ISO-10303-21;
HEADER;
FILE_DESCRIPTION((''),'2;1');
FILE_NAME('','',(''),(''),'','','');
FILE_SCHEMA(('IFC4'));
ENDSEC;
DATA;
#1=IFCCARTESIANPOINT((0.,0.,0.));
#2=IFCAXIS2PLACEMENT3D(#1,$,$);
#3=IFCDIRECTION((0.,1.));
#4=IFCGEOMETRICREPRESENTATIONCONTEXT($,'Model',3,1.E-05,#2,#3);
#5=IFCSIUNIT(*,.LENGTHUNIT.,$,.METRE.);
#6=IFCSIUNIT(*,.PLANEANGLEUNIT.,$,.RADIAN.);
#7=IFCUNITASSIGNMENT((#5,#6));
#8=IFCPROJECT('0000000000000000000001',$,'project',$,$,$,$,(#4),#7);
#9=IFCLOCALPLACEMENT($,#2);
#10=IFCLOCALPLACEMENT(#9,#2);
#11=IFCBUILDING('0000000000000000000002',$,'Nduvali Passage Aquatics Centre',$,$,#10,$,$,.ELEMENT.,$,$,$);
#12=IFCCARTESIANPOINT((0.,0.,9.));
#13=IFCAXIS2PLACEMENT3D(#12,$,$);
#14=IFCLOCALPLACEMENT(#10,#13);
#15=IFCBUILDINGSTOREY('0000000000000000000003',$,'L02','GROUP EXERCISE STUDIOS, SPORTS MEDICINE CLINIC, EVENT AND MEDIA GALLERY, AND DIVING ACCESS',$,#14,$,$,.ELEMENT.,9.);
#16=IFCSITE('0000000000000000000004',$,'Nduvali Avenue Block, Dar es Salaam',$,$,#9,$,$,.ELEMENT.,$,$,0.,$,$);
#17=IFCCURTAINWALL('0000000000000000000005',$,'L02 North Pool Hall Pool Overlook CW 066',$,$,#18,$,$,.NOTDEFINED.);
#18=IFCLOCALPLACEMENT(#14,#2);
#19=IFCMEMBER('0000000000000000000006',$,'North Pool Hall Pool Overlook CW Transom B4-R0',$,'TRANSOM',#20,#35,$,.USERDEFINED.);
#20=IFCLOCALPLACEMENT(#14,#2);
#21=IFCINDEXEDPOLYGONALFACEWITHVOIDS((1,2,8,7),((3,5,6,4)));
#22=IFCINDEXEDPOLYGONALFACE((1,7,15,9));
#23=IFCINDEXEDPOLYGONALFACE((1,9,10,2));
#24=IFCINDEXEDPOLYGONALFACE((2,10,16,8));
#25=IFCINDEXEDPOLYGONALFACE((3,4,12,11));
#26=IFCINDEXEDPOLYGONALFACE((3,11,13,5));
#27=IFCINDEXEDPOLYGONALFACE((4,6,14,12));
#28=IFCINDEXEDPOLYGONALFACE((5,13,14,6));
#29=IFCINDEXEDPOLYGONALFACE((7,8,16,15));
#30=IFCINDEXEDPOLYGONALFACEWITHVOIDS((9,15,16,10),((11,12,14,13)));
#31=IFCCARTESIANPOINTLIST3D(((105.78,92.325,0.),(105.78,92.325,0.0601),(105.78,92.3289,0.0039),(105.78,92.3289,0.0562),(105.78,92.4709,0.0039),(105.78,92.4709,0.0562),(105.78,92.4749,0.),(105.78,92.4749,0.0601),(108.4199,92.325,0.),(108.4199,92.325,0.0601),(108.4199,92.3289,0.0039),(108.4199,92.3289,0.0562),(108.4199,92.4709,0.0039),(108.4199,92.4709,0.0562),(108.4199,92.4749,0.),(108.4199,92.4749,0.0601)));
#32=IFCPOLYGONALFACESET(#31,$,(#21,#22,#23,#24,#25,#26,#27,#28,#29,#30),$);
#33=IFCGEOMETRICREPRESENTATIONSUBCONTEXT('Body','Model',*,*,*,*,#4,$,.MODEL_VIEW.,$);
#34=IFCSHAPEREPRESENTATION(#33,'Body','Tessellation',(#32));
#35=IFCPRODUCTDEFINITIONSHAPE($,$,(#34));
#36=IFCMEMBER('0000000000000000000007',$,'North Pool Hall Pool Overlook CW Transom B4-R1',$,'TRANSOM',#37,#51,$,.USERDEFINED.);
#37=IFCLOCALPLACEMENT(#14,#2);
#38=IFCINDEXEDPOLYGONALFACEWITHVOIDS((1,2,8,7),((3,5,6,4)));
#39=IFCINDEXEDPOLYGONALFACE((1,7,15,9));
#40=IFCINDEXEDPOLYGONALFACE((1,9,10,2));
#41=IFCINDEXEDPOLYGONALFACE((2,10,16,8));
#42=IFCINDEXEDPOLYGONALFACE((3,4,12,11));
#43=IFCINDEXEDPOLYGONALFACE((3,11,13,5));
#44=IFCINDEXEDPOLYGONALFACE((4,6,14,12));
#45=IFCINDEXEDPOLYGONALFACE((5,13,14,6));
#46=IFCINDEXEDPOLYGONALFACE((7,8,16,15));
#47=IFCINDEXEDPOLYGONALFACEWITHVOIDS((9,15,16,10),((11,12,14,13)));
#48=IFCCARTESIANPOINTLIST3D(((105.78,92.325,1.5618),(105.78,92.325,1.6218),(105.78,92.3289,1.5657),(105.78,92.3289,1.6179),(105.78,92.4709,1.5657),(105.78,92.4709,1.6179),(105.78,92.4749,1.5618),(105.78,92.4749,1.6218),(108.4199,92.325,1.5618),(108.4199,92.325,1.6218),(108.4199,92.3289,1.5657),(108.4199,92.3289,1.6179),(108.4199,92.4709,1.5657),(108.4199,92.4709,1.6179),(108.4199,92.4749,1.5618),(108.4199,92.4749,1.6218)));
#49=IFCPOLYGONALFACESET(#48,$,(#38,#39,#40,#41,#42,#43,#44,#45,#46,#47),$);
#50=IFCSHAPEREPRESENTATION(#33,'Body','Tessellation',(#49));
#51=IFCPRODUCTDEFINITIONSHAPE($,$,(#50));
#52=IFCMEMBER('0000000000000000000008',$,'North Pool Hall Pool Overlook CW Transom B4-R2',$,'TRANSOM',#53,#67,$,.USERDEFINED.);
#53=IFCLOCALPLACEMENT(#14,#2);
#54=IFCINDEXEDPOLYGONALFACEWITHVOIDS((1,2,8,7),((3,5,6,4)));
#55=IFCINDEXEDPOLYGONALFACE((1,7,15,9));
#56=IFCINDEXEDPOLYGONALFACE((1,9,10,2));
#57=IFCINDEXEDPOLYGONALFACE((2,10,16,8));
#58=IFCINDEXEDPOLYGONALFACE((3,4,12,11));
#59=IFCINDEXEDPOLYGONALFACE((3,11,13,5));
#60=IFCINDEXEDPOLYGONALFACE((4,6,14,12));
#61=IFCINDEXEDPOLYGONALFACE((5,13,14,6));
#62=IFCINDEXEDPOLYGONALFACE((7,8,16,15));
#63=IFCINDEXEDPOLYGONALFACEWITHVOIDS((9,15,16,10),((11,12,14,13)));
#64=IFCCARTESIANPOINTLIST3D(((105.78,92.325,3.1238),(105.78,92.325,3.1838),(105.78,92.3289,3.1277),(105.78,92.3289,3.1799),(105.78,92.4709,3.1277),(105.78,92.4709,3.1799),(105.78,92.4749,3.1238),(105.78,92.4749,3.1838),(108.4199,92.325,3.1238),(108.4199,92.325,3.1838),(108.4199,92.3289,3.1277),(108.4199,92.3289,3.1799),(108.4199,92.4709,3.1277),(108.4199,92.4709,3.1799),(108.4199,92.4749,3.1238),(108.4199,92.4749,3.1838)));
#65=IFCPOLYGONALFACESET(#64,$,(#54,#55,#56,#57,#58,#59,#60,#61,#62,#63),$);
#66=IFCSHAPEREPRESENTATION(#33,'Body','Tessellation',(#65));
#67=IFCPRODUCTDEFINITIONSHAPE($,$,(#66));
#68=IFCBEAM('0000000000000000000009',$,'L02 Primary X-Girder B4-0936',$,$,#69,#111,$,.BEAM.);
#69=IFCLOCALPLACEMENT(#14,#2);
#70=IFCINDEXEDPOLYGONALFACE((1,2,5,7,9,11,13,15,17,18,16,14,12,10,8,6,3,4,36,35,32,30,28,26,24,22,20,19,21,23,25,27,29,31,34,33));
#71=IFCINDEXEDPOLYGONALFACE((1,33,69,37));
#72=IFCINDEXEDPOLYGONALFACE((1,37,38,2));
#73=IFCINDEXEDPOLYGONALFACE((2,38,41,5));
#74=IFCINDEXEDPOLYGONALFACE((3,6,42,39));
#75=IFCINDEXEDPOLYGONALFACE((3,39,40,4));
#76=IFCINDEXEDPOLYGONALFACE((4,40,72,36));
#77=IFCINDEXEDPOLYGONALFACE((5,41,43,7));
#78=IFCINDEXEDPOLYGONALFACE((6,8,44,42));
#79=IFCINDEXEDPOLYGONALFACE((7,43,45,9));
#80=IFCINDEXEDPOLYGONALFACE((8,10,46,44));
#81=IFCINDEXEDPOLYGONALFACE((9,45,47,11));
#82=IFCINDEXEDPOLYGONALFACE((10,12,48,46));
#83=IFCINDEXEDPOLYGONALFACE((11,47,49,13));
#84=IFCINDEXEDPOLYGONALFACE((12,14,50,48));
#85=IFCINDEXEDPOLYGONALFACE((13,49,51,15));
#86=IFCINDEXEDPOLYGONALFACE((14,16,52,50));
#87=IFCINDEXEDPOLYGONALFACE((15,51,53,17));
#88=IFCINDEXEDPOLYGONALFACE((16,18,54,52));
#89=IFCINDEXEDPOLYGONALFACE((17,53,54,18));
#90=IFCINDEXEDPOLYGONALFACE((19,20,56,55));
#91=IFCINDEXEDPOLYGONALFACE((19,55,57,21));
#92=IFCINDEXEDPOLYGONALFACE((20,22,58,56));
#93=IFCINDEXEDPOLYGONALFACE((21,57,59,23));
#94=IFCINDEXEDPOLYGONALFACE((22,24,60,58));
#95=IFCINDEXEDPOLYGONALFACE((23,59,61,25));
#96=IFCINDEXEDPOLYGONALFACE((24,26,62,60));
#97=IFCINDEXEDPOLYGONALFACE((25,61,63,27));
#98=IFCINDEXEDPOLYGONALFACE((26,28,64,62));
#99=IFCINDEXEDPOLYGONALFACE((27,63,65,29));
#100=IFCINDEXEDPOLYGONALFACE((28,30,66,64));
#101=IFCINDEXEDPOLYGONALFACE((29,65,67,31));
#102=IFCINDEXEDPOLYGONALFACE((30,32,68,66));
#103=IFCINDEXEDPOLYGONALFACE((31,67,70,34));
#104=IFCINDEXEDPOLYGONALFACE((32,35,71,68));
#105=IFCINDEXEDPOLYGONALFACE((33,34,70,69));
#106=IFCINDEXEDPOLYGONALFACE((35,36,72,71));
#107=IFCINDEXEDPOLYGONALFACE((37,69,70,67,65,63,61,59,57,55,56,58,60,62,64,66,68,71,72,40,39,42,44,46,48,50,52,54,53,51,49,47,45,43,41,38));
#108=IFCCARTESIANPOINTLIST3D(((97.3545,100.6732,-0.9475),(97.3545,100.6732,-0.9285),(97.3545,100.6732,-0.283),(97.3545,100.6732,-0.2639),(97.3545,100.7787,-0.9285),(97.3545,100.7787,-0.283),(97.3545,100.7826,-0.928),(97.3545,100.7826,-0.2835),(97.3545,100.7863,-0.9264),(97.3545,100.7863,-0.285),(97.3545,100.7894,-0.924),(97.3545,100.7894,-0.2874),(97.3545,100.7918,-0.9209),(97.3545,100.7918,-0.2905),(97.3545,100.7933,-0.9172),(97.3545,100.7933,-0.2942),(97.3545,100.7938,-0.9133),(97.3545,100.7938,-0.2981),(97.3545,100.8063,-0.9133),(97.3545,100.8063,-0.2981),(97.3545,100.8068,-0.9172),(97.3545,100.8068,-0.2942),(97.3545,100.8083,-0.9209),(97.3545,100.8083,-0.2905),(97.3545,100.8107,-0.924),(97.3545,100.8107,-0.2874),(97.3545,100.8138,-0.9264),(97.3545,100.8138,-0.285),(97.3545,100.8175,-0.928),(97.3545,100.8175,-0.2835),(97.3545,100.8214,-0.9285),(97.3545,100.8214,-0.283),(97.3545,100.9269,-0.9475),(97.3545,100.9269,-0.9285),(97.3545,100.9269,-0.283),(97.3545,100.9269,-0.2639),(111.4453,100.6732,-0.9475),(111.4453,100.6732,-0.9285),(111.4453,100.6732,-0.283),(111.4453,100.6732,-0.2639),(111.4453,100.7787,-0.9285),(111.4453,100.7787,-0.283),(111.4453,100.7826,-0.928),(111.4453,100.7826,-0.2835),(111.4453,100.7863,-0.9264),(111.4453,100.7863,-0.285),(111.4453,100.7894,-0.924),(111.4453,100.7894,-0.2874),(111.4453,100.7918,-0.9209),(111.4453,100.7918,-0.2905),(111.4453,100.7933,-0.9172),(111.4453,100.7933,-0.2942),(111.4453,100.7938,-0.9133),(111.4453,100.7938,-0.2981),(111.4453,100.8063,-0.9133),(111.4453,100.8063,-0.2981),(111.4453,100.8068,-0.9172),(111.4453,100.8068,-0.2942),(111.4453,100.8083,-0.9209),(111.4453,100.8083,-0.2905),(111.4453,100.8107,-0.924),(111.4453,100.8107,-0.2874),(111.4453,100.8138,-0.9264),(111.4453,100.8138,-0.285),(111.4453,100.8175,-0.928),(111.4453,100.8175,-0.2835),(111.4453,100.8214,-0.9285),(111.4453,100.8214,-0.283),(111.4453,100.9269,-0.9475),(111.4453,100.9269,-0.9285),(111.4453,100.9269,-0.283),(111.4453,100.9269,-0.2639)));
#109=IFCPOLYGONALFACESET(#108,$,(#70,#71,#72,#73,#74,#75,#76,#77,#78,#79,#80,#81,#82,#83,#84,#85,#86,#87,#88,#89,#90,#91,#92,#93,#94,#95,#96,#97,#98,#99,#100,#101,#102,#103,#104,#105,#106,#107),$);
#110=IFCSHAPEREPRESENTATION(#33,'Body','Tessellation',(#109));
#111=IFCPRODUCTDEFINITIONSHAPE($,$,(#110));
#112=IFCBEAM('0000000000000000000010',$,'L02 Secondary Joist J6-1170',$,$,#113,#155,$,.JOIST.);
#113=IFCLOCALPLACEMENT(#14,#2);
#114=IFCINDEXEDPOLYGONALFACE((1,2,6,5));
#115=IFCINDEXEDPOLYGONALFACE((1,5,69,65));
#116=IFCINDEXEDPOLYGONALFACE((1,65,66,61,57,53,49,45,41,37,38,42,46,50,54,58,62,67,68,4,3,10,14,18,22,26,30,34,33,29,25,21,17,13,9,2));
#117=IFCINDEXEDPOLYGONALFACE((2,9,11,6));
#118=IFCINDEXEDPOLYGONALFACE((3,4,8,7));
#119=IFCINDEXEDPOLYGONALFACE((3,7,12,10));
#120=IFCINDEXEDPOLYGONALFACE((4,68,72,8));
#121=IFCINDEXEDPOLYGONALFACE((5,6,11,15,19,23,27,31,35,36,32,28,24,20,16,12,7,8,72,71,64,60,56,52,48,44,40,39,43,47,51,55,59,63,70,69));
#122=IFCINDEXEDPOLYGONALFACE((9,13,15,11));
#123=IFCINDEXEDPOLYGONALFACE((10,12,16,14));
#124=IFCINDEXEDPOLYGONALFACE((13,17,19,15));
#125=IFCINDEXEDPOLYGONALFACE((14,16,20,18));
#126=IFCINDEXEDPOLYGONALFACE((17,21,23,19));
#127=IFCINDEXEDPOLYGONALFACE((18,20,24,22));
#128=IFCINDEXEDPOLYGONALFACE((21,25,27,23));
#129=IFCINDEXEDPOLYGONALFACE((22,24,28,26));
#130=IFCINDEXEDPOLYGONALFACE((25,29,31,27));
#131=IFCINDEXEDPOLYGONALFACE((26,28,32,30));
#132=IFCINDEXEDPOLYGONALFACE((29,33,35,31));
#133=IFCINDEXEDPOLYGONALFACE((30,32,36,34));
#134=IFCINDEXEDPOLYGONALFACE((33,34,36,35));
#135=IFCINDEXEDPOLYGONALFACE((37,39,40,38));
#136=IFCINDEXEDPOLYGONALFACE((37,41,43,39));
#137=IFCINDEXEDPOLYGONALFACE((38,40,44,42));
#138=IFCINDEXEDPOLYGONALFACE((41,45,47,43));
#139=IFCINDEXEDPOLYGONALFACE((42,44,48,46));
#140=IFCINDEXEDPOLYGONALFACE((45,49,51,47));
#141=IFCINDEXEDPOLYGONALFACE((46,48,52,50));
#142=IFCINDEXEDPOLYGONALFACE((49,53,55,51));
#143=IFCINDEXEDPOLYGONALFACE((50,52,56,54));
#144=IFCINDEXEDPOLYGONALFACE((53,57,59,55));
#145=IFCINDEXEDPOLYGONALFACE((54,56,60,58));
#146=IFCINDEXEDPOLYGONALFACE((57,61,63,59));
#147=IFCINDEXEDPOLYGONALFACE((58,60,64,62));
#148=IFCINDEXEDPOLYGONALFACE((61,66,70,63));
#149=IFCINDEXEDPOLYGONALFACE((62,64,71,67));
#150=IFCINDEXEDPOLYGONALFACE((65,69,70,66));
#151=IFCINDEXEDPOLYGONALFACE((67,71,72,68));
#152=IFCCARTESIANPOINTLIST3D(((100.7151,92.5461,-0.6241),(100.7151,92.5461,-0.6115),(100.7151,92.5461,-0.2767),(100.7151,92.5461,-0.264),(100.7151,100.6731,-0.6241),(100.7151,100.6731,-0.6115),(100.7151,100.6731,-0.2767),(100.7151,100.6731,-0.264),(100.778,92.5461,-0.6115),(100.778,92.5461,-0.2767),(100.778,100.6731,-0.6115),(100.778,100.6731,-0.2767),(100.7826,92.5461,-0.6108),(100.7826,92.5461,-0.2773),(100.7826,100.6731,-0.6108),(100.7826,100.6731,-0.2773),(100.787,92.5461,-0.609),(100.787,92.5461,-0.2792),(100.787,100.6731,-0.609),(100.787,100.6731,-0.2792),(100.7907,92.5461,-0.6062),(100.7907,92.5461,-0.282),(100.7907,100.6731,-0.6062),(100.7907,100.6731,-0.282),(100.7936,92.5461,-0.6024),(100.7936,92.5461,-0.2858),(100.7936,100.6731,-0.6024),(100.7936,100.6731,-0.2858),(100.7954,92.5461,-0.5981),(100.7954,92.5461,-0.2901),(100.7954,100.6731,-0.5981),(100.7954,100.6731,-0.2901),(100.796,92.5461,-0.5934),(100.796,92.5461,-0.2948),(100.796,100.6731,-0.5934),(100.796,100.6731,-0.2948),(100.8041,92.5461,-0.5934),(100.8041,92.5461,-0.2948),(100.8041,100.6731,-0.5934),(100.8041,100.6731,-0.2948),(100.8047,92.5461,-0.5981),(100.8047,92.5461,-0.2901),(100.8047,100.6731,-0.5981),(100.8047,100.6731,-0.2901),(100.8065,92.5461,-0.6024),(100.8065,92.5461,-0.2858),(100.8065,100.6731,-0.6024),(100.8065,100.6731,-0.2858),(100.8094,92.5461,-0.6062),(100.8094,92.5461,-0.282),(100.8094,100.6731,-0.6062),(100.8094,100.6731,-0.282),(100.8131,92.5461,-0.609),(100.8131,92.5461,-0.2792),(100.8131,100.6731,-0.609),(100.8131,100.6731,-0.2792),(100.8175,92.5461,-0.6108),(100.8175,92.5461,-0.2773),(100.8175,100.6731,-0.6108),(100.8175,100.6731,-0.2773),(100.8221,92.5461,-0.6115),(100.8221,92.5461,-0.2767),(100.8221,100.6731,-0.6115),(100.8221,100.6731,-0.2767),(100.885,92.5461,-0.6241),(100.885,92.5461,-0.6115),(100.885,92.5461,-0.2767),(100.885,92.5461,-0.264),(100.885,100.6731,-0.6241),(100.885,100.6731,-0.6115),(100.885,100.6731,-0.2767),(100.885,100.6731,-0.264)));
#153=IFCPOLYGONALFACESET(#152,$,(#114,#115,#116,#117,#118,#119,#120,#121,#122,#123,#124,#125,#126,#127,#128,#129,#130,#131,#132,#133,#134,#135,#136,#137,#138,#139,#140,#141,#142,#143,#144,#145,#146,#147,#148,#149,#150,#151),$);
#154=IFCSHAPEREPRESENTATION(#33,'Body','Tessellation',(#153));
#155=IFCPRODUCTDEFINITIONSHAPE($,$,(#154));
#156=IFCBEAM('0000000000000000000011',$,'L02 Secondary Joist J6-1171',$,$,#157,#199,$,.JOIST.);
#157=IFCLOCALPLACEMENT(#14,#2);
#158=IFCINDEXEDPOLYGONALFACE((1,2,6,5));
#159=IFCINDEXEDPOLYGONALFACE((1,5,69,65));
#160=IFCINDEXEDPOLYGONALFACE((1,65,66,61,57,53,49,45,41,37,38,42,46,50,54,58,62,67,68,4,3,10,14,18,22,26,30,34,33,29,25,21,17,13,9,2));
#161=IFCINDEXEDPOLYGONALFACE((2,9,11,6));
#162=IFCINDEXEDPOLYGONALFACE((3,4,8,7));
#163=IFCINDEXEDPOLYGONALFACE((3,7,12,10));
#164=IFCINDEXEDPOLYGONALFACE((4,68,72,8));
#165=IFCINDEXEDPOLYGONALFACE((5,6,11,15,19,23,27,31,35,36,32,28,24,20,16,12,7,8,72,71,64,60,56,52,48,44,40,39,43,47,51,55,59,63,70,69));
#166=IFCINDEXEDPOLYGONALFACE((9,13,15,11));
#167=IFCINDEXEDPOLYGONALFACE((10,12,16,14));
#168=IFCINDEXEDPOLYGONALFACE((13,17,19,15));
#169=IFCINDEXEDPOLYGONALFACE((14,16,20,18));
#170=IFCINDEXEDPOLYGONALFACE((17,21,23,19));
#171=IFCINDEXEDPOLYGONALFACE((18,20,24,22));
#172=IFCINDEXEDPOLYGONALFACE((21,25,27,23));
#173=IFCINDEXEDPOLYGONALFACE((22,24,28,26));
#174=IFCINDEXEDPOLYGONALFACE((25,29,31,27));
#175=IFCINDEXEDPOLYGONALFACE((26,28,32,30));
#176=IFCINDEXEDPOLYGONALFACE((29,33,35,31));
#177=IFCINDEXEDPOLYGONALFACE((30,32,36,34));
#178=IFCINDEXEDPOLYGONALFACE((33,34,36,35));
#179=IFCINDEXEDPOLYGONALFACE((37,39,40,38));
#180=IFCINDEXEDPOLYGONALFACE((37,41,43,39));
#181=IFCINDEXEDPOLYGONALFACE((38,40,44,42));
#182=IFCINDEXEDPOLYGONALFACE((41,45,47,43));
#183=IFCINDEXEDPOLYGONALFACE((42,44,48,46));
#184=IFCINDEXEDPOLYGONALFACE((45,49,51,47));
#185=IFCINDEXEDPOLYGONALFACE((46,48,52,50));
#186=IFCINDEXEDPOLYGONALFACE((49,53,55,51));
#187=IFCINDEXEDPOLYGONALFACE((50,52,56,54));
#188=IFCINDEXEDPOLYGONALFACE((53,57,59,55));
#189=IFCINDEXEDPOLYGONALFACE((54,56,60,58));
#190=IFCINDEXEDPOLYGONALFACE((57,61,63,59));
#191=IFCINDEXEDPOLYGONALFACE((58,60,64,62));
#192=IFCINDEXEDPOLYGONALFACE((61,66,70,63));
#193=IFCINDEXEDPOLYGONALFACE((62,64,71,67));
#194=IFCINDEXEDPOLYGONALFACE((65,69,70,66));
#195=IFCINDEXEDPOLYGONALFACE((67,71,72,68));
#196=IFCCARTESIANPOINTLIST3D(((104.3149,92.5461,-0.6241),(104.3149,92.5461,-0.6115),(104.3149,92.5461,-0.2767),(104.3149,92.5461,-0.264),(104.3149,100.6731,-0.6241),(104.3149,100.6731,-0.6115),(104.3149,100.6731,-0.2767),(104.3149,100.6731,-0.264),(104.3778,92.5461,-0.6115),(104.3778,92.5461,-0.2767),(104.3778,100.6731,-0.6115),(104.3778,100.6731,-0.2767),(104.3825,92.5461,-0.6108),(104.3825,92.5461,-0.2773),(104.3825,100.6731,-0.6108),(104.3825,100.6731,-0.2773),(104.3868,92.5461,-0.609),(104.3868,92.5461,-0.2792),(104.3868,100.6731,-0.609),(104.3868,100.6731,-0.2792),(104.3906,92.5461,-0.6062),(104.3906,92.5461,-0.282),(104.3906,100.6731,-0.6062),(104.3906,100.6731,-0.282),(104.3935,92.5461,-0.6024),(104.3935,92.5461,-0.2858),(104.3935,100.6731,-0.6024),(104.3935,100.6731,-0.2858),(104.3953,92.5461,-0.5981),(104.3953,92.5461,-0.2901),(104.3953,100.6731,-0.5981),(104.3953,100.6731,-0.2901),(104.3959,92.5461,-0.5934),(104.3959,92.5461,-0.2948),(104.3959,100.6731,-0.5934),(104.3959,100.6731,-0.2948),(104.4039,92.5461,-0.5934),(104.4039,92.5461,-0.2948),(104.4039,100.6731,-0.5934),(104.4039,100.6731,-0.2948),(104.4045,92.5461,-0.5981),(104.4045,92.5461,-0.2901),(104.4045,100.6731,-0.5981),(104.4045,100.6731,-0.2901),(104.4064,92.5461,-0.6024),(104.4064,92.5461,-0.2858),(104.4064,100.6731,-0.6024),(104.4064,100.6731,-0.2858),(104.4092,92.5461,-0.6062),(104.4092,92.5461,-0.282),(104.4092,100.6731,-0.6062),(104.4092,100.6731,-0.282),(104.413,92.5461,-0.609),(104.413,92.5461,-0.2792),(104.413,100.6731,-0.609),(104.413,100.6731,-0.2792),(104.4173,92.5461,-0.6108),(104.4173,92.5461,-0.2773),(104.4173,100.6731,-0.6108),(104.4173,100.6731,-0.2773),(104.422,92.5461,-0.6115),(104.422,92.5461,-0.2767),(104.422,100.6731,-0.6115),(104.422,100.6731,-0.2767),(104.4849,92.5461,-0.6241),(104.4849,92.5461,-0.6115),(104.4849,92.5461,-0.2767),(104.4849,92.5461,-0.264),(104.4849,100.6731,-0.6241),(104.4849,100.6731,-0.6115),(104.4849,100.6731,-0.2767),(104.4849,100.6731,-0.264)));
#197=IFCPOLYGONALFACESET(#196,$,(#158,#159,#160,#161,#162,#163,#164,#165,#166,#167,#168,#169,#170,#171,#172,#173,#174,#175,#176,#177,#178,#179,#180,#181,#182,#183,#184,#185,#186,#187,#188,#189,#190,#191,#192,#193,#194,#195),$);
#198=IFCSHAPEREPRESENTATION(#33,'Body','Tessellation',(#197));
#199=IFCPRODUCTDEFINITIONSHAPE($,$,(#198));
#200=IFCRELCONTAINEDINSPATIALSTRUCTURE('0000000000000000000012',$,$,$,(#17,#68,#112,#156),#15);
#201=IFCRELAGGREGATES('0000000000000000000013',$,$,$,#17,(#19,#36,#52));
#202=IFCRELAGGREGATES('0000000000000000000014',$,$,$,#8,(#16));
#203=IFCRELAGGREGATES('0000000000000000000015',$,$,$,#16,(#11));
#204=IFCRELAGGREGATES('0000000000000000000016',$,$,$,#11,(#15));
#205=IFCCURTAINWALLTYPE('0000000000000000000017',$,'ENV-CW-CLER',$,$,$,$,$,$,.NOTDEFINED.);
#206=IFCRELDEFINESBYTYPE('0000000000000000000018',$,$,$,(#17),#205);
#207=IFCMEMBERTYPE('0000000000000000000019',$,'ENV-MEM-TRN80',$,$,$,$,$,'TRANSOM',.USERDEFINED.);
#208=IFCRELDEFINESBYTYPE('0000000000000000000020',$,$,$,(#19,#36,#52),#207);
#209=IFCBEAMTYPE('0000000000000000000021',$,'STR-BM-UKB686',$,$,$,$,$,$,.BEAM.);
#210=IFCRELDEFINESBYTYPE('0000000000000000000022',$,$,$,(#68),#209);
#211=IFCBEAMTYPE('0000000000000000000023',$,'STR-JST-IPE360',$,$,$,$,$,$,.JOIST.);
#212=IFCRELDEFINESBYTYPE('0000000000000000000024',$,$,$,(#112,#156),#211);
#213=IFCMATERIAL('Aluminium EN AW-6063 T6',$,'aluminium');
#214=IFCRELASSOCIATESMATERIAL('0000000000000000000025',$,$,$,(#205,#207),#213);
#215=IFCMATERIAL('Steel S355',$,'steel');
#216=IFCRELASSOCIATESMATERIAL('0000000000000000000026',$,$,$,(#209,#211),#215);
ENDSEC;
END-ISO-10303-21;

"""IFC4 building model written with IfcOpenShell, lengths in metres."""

from ifc_helpers import new_model, si_unit, direction, frame, origin, origin_2d, place, context, subcontext, project, spatial, hollow_rectangle, i_section, extrude, material, material_profile, profile_set, type_object, element, aggregate, save


model = new_model("IFC4")

# Units and contexts
model_context = context("Model", 3, precision=1e-05, world=origin(), true_north=direction((0.0, 1.0)))
body_context = subcontext(model_context, "Body", "Model", "MODEL_VIEW")
ifc_project = project(units=[si_unit("LENGTHUNIT", "METRE"), si_unit("PLANEANGLEUNIT", "RADIAN")], contexts=[model_context])

# Site, building, storey
site_placement = place(None, origin())
site = spatial("IfcSite", under=ifc_project, at=site_placement, Name="Nduvali Avenue Block, Dar es Salaam", CompositionType="ELEMENT", RefElevation=0.0)
building_placement = place(site_placement, origin())
building = spatial("IfcBuilding", under=site, at=building_placement, Name="Nduvali Passage Aquatics Centre", CompositionType="ELEMENT")
storey_placement = place(building_placement, frame((0.0, 0.0, 9.0)))
storey = spatial("IfcBuildingStorey", under=building, at=storey_placement, Name="L02", Description="GROUP EXERCISE STUDIOS, SPORTS MEDICINE CLINIC, EVENT AND MEDIA GALLERY, AND DIVING ACCESS", CompositionType="ELEMENT", Elevation=9.0)

# Curtain wall, members
ifc_material_1 = material(Name="Aluminium EN AW-6063 T6", Category="aluminium")
curtain_wall_type = type_object("IfcCurtainWallType", Name="ENV-CW-CLER", PredefinedType="NOTDEFINED", material=ifc_material_1)
curtain_wall_placement = place(storey_placement, origin())
curtain_wall = element("IfcCurtainWall", 1, at=curtain_wall_placement, inside=storey, type_object=curtain_wall_type, Name="L02 North Pool Hall Pool Overlook CW 066", PredefinedType="NOTDEFINED")
ifc_material_profile_1 = material_profile(ifc_material_1, hollow_rectangle(XDim=0.1499, YDim=0.0601, WallThickness=0.0039, at=origin_2d()), Name="ALU TRANSOM 150x60x4")
ifc_profile_set_1 = profile_set([ifc_material_profile_1], Name="Aluminium EN AW-6063 T6")
member_type = type_object("IfcMemberType", Name="ENV-MEM-TRN80", ElementType="TRANSOM", PredefinedType="USERDEFINED", material=ifc_profile_set_1)
member_1_placement = place(storey_placement, frame((105.78, 92.3999, 0.03), z_axis=(1.0, 0.0, 0.0), x_axis=(0.0, 1.0, 0.0)))
member_1 = element("IfcMember", 2, at=member_1_placement, type_object=member_type, Name="North Pool Hall Pool Overlook CW Transom B4-R0", ObjectType="TRANSOM", PredefinedType="USERDEFINED", context=body_context, shape_type="SweptSolid", body=[
    extrude(hollow_rectangle(XDim=0.1499, YDim=0.0601, WallThickness=0.0039, at=origin_2d()), origin(), (0.0, 0.0, 1.0), 2.6399),
])
member_2_placement = place(storey_placement, frame((105.78, 92.3999, 1.5918), z_axis=(1.0, 0.0, 0.0), x_axis=(0.0, 1.0, 0.0)))
member_2 = element("IfcMember", 3, at=member_2_placement, type_object=member_type, Name="North Pool Hall Pool Overlook CW Transom B4-R1", ObjectType="TRANSOM", PredefinedType="USERDEFINED", context=body_context, shape_type="SweptSolid", body=[
    extrude(hollow_rectangle(XDim=0.1499, YDim=0.0601, WallThickness=0.0039, at=origin_2d()), origin(), (0.0, 0.0, 1.0), 2.6399),
])
member_3_placement = place(storey_placement, frame((105.78, 92.3999, 3.1538), z_axis=(1.0, 0.0, 0.0), x_axis=(0.0, 1.0, 0.0)))
member_3 = element("IfcMember", 4, at=member_3_placement, type_object=member_type, Name="North Pool Hall Pool Overlook CW Transom B4-R2", ObjectType="TRANSOM", PredefinedType="USERDEFINED", context=body_context, shape_type="SweptSolid", body=[
    extrude(hollow_rectangle(XDim=0.1499, YDim=0.0601, WallThickness=0.0039, at=origin_2d()), origin(), (0.0, 0.0, 1.0), 2.6399),
])
aggregate(curtain_wall, [member_1, member_2, member_3])

# Beams
ifc_material_2 = material(Name="Steel S355", Category="steel")
ifc_material_profile_2 = material_profile(ifc_material_2, i_section(OverallWidth=0.2537, OverallDepth=0.6836, WebThickness=0.0125, FlangeThickness=0.019, FilletRadius=0.0151, at=origin_2d()), Name="UKB 686x254x140")
ifc_profile_set_2 = profile_set([ifc_material_profile_2], Name="Steel S355")
beam_type_1 = type_object("IfcBeamType", Name="STR-BM-UKB686", PredefinedType="BEAM", material=ifc_profile_set_2)
beam_placement = place(storey_placement, frame((97.3545, 100.8, -0.6057), z_axis=(1.0, 0.0, 0.0), x_axis=(0.0, 1.0, 0.0)))
element("IfcBeam", 5, at=beam_placement, inside=storey, type_object=beam_type_1, Name="L02 Primary X-Girder B4-0936", PredefinedType="BEAM", context=body_context, shape_type="SweptSolid", body=[
    extrude(i_section(OverallWidth=0.2537, OverallDepth=0.6836, WebThickness=0.0125, FlangeThickness=0.019, FilletRadius=0.0151, at=origin_2d()), origin(), (0.0, 0.0, 1.0), 14.0908),
])
ifc_material_profile_3 = material_profile(ifc_material_2, i_section(OverallWidth=0.1699, OverallDepth=0.3601, WebThickness=0.0081, FlangeThickness=0.0127, FilletRadius=0.0181, at=origin_2d()), Name="IPE 360")
ifc_profile_set_3 = profile_set([ifc_material_profile_3], Name="Steel S355")
beam_type_2 = type_object("IfcBeamType", Name="STR-JST-IPE360", PredefinedType="JOIST", material=ifc_profile_set_3)
for number, where, z_axis, x_axis, name in (
    (6, (100.8, 92.5461, -0.4441), (0.0, 1.0, 0.0), (-1.0, 0.0, 0.0), "L02 Secondary Joist J6-1170"),
    (7, (104.3999, 92.5461, -0.4441), (0.0, 1.0, 0.0), (-1.0, 0.0, 0.0), "L02 Secondary Joist J6-1171"),
):
    element("IfcBeam", number, at=place(storey_placement, frame(where, z_axis=z_axis, x_axis=x_axis)), inside=storey, type_object=beam_type_2, Name=name, PredefinedType="JOIST", context=body_context, shape_type="SweptSolid", body=[
        extrude(i_section(OverallWidth=0.1699, OverallDepth=0.3601, WebThickness=0.0081, FlangeThickness=0.0127, FilletRadius=0.0181, at=origin_2d()), origin(), (0.0, 0.0, 1.0), 8.127),
    ])

save(model, "model.ifc")
